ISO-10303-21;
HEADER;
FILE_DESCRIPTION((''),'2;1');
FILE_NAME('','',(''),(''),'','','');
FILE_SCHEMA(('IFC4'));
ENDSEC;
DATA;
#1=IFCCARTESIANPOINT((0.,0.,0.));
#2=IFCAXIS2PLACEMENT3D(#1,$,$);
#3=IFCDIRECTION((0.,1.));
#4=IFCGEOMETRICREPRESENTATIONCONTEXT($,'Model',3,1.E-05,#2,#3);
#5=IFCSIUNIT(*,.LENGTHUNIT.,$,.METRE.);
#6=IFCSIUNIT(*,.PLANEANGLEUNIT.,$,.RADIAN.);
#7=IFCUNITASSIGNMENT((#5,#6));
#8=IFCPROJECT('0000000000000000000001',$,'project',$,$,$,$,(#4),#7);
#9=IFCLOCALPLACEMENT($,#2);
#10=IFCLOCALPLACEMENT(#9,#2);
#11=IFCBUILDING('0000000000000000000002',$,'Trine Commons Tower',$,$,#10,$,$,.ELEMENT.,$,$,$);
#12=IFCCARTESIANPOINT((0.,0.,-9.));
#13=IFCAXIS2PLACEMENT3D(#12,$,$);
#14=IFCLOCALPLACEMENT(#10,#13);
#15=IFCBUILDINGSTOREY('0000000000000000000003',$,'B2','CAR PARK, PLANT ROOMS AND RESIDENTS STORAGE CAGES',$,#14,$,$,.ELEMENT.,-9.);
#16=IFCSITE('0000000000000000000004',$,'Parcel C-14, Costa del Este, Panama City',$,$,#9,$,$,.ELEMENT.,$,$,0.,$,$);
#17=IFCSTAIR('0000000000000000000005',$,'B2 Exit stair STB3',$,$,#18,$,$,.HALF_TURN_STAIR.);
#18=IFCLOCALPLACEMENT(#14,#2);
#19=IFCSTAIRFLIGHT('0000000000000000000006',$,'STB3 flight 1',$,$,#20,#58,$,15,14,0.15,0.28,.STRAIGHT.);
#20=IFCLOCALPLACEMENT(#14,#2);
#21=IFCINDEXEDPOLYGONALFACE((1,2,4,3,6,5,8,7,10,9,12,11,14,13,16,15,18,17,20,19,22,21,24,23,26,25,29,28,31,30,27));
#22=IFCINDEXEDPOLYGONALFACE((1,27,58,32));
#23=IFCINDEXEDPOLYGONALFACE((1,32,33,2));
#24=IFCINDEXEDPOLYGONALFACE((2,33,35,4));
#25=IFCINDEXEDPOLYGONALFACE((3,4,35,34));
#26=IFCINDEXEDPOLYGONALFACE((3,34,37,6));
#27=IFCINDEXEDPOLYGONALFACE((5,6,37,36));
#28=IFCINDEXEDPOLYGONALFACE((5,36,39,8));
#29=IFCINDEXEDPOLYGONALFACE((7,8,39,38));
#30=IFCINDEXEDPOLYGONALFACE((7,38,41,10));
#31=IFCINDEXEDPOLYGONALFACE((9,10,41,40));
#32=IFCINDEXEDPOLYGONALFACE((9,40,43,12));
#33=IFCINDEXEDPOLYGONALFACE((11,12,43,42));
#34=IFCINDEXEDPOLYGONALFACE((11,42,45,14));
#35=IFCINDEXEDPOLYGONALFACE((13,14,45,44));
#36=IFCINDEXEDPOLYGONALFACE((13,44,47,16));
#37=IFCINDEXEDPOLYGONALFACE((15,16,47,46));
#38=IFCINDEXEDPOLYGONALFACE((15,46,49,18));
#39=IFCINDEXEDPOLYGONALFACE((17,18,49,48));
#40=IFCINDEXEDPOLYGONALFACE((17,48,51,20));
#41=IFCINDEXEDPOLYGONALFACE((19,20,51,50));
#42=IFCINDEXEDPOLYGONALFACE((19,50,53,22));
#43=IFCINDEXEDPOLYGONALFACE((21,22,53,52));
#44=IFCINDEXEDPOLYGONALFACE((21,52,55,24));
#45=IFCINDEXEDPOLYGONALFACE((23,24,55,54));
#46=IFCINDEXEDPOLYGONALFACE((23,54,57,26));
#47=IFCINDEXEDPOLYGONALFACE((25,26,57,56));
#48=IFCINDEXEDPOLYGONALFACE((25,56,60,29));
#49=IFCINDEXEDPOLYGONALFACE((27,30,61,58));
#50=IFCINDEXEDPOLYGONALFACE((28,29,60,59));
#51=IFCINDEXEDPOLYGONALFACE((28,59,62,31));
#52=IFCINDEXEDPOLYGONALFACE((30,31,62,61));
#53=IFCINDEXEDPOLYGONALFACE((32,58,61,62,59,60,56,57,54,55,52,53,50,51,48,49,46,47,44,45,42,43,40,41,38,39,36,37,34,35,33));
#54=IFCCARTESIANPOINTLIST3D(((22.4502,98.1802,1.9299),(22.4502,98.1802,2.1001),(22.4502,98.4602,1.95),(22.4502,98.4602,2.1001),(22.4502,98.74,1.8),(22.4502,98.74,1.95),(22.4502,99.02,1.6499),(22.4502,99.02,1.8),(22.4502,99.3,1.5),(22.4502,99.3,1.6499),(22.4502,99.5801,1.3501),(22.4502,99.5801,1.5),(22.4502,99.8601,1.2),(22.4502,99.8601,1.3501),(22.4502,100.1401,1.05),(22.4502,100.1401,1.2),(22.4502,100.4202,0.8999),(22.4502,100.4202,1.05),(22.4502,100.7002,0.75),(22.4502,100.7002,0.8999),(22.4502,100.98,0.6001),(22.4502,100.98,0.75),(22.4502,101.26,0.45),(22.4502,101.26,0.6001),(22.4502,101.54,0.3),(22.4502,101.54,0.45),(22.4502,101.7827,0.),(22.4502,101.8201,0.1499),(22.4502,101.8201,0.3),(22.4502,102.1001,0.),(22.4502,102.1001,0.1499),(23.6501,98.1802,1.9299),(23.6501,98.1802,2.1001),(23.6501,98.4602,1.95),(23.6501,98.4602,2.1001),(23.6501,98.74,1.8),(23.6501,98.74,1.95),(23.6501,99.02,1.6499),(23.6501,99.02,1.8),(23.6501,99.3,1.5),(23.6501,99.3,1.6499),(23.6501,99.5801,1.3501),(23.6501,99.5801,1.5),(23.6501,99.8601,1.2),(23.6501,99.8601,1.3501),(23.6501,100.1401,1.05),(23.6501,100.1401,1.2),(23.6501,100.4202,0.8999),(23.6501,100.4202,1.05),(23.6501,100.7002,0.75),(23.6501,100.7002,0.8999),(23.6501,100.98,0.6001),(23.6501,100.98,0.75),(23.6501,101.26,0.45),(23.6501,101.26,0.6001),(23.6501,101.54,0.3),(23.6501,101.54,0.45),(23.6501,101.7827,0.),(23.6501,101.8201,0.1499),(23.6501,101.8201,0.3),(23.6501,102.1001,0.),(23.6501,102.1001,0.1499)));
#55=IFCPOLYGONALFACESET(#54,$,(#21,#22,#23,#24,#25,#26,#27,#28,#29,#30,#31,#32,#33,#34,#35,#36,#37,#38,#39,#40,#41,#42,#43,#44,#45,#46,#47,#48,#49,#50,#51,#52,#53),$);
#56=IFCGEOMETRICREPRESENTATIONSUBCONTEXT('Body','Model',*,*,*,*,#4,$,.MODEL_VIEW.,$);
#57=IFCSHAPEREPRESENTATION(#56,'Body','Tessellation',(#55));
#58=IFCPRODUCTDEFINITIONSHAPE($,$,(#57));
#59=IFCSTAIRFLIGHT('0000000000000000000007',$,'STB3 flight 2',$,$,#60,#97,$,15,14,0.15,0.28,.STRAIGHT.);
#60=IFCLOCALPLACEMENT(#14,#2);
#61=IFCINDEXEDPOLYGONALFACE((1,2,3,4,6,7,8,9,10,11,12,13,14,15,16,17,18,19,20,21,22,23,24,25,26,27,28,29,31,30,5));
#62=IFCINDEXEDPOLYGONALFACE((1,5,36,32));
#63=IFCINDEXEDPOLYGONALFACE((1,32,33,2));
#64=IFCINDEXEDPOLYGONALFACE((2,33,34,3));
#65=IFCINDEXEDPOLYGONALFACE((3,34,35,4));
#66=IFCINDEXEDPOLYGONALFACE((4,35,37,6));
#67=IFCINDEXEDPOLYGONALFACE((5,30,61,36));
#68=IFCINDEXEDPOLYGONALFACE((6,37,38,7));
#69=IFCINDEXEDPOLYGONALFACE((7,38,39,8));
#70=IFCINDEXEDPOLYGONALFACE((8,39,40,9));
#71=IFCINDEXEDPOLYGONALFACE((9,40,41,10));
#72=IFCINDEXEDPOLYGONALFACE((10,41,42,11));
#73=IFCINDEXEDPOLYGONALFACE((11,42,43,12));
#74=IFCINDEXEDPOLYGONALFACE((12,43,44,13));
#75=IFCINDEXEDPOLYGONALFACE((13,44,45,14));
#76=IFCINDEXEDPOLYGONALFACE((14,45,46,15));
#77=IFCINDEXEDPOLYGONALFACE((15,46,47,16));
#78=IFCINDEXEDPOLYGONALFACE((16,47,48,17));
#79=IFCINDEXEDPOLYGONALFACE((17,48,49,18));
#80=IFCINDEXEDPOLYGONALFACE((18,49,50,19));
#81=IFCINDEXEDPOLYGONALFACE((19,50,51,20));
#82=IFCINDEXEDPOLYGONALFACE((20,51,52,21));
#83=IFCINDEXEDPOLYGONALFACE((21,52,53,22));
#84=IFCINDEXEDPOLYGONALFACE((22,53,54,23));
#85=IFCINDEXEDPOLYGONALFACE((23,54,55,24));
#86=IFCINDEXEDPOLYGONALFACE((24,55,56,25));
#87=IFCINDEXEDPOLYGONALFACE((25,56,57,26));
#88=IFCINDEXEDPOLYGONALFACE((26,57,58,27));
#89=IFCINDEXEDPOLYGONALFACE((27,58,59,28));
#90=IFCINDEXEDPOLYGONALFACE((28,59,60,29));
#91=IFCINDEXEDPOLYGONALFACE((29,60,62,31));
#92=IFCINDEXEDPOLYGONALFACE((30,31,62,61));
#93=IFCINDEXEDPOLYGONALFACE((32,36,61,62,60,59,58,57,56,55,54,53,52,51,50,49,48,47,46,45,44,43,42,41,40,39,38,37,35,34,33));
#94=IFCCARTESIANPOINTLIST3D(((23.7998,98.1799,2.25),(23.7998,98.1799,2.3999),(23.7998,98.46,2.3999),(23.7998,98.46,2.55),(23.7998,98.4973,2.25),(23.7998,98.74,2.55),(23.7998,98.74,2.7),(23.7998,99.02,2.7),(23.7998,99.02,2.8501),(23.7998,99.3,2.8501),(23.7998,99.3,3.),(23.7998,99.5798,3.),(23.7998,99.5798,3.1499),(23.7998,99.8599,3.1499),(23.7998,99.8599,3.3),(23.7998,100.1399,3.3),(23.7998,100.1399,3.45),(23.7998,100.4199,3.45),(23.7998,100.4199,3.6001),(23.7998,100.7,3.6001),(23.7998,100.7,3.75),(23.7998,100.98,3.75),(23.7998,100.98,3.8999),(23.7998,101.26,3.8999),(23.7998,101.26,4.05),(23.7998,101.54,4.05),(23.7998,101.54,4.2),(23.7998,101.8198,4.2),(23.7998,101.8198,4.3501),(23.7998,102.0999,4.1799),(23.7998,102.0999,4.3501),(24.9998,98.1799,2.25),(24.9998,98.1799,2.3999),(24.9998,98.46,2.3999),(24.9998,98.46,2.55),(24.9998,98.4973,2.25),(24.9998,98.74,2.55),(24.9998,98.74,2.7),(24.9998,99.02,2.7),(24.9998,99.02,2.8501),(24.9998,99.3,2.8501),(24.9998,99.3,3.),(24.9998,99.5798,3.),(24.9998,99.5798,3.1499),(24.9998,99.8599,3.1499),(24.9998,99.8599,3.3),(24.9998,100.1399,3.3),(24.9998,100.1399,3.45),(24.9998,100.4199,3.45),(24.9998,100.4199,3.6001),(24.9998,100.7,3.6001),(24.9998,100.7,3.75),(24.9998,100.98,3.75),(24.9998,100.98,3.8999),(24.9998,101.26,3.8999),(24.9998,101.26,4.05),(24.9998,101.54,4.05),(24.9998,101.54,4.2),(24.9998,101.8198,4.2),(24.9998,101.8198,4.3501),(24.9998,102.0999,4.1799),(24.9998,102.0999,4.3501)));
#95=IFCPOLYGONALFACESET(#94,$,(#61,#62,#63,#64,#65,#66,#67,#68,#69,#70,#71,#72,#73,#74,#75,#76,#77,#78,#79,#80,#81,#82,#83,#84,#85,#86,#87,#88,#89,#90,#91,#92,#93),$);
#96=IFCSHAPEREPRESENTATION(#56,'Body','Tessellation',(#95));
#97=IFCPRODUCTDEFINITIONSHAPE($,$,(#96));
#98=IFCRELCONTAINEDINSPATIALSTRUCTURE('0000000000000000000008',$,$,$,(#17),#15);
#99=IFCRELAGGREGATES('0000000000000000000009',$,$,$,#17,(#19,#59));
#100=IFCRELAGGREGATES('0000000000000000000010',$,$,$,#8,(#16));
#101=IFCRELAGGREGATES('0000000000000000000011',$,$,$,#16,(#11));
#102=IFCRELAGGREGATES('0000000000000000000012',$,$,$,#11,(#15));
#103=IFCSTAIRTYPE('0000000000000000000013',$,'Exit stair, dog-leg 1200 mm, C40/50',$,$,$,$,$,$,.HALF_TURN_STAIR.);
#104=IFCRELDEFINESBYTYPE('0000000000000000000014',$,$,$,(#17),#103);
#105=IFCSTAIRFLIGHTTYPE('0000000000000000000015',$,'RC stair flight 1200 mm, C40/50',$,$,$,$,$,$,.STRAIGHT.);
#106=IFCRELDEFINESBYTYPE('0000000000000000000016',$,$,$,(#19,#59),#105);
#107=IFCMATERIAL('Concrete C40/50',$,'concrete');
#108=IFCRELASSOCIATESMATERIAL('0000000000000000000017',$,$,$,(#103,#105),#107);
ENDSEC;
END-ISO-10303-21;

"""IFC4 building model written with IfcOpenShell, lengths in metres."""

from ifc_helpers import new_model, si_unit, direction, frame, origin, place, context, subcontext, project, spatial, polyline, outline, extrude, material, type_object, element, aggregate, save


model = new_model("IFC4")

# Units and contexts
model_context = context("Model", 3, precision=1e-05, world=origin(), true_north=direction((0.0, 1.0)))
body_context = subcontext(model_context, "Body", "Model", "MODEL_VIEW")
ifc_project = project(units=[si_unit("LENGTHUNIT", "METRE"), si_unit("PLANEANGLEUNIT", "RADIAN")], contexts=[model_context])

# Site, building, storey
site_placement = place(None, origin())
site = spatial("IfcSite", under=ifc_project, at=site_placement, Name="Parcel C-14, Costa del Este, Panama City", CompositionType="ELEMENT", RefElevation=0.0)
building_placement = place(site_placement, origin())
building = spatial("IfcBuilding", under=site, at=building_placement, Name="Trine Commons Tower", CompositionType="ELEMENT")
storey_placement = place(building_placement, frame((0.0, 0.0, -9.0)))
storey = spatial("IfcBuildingStorey", under=building, at=storey_placement, Name="B2", Description="CAR PARK, PLANT ROOMS AND RESIDENTS STORAGE CAGES", CompositionType="ELEMENT", Elevation=-9.0)

# Shared definitions
ifc_material_1 = material(Name="Concrete C40/50", Category="concrete")

# Stair, stair flights
stair_type = type_object("IfcStairType", Name="Exit stair, dog-leg 1200 mm, C40/50", PredefinedType="HALF_TURN_STAIR", material=ifc_material_1)
stair_placement = place(storey_placement, origin())
stair = element("IfcStair", 1, at=stair_placement, inside=storey, type_object=stair_type, Name="B2 Exit stair STB3", PredefinedType="HALF_TURN_STAIR")
stair_flight_type = type_object("IfcStairFlightType", Name="RC stair flight 1200 mm, C40/50", PredefinedType="STRAIGHT", material=ifc_material_1)
stair_flight_1_placement = place(storey_placement, frame((23.05, 102.1001, 0.0), z_axis=(0.0, 0.0, 1.0), x_axis=(0.0, -1.0, 0.0)))
stair_flight_1 = element("IfcStairFlight", 2, at=stair_flight_1_placement, type_object=stair_flight_type, Name="STB3 flight 1", NumberOfRisers=15, NumberOfTreads=14, PredefinedType="STRAIGHT", RiserHeight=0.15, TreadLength=0.28, context=body_context, shape_type="SweptSolid", body=[
    extrude(outline(polyline([(0.0, 0.0), (0.0, 0.1499), (0.28, 0.1499), (0.28, 0.3), (0.5601, 0.3), (0.5601, 0.45), (0.8401, 0.45), (0.8401, 0.6001), (1.1201, 0.6001), (1.1201, 0.75), (1.3999, 0.75), (1.3999, 0.8999), (1.6799, 0.8999), (1.6799, 1.05), (1.96, 1.05), (1.96, 1.2), (2.24, 1.2), (2.24, 1.3501), (2.52, 1.3501), (2.52, 1.5), (2.8, 1.5), (2.8, 1.6499), (3.0801, 1.6499), (3.0801, 1.8), (3.3601, 1.8), (3.3601, 1.95), (3.6399, 1.95), (3.6399, 2.1001), (3.9199, 2.1001), (3.9199, 2.25), (3.9199, 1.9299), (0.3174, 0.0), (0.0, 0.0)])), frame((0.0, 0.6001, 0.0), z_axis=(0.0, -1.0, 0.0), x_axis=(1.0, 0.0, 0.0)), (0.0, 0.0, 1.0), 1.2),
])
stair_flight_2_placement = place(storey_placement, frame((24.3999, 98.1799, 2.25), z_axis=(0.0, 0.0, 1.0), x_axis=(0.0, 1.0, 0.0)))
stair_flight_2 = element("IfcStairFlight", 3, at=stair_flight_2_placement, type_object=stair_flight_type, Name="STB3 flight 2", NumberOfRisers=15, NumberOfTreads=14, PredefinedType="STRAIGHT", RiserHeight=0.15, TreadLength=0.28, context=body_context, shape_type="SweptSolid", body=[
    extrude(outline(polyline([(0.0, 0.0), (0.0, 0.1499), (0.28, 0.1499), (0.28, 0.3), (0.5601, 0.3), (0.5601, 0.45), (0.8401, 0.45), (0.8401, 0.6001), (1.1201, 0.6001), (1.1201, 0.75), (1.3999, 0.75), (1.3999, 0.8999), (1.6799, 0.8999), (1.6799, 1.05), (1.96, 1.05), (1.96, 1.2), (2.24, 1.2), (2.24, 1.3501), (2.52, 1.3501), (2.52, 1.5), (2.8, 1.5), (2.8, 1.6499), (3.0801, 1.6499), (3.0801, 1.8), (3.3601, 1.8), (3.3601, 1.95), (3.6399, 1.95), (3.6399, 2.1001), (3.9199, 2.1001), (3.9199, 2.25), (3.9199, 1.9299), (0.3174, 0.0), (0.0, 0.0)])), frame((0.0, 0.6001, 0.0), z_axis=(0.0, -1.0, 0.0), x_axis=(1.0, 0.0, 0.0)), (0.0, 0.0, 1.0), 1.2),
])
aggregate(stair, [stair_flight_1, stair_flight_2])

save(model, "model.ifc")
